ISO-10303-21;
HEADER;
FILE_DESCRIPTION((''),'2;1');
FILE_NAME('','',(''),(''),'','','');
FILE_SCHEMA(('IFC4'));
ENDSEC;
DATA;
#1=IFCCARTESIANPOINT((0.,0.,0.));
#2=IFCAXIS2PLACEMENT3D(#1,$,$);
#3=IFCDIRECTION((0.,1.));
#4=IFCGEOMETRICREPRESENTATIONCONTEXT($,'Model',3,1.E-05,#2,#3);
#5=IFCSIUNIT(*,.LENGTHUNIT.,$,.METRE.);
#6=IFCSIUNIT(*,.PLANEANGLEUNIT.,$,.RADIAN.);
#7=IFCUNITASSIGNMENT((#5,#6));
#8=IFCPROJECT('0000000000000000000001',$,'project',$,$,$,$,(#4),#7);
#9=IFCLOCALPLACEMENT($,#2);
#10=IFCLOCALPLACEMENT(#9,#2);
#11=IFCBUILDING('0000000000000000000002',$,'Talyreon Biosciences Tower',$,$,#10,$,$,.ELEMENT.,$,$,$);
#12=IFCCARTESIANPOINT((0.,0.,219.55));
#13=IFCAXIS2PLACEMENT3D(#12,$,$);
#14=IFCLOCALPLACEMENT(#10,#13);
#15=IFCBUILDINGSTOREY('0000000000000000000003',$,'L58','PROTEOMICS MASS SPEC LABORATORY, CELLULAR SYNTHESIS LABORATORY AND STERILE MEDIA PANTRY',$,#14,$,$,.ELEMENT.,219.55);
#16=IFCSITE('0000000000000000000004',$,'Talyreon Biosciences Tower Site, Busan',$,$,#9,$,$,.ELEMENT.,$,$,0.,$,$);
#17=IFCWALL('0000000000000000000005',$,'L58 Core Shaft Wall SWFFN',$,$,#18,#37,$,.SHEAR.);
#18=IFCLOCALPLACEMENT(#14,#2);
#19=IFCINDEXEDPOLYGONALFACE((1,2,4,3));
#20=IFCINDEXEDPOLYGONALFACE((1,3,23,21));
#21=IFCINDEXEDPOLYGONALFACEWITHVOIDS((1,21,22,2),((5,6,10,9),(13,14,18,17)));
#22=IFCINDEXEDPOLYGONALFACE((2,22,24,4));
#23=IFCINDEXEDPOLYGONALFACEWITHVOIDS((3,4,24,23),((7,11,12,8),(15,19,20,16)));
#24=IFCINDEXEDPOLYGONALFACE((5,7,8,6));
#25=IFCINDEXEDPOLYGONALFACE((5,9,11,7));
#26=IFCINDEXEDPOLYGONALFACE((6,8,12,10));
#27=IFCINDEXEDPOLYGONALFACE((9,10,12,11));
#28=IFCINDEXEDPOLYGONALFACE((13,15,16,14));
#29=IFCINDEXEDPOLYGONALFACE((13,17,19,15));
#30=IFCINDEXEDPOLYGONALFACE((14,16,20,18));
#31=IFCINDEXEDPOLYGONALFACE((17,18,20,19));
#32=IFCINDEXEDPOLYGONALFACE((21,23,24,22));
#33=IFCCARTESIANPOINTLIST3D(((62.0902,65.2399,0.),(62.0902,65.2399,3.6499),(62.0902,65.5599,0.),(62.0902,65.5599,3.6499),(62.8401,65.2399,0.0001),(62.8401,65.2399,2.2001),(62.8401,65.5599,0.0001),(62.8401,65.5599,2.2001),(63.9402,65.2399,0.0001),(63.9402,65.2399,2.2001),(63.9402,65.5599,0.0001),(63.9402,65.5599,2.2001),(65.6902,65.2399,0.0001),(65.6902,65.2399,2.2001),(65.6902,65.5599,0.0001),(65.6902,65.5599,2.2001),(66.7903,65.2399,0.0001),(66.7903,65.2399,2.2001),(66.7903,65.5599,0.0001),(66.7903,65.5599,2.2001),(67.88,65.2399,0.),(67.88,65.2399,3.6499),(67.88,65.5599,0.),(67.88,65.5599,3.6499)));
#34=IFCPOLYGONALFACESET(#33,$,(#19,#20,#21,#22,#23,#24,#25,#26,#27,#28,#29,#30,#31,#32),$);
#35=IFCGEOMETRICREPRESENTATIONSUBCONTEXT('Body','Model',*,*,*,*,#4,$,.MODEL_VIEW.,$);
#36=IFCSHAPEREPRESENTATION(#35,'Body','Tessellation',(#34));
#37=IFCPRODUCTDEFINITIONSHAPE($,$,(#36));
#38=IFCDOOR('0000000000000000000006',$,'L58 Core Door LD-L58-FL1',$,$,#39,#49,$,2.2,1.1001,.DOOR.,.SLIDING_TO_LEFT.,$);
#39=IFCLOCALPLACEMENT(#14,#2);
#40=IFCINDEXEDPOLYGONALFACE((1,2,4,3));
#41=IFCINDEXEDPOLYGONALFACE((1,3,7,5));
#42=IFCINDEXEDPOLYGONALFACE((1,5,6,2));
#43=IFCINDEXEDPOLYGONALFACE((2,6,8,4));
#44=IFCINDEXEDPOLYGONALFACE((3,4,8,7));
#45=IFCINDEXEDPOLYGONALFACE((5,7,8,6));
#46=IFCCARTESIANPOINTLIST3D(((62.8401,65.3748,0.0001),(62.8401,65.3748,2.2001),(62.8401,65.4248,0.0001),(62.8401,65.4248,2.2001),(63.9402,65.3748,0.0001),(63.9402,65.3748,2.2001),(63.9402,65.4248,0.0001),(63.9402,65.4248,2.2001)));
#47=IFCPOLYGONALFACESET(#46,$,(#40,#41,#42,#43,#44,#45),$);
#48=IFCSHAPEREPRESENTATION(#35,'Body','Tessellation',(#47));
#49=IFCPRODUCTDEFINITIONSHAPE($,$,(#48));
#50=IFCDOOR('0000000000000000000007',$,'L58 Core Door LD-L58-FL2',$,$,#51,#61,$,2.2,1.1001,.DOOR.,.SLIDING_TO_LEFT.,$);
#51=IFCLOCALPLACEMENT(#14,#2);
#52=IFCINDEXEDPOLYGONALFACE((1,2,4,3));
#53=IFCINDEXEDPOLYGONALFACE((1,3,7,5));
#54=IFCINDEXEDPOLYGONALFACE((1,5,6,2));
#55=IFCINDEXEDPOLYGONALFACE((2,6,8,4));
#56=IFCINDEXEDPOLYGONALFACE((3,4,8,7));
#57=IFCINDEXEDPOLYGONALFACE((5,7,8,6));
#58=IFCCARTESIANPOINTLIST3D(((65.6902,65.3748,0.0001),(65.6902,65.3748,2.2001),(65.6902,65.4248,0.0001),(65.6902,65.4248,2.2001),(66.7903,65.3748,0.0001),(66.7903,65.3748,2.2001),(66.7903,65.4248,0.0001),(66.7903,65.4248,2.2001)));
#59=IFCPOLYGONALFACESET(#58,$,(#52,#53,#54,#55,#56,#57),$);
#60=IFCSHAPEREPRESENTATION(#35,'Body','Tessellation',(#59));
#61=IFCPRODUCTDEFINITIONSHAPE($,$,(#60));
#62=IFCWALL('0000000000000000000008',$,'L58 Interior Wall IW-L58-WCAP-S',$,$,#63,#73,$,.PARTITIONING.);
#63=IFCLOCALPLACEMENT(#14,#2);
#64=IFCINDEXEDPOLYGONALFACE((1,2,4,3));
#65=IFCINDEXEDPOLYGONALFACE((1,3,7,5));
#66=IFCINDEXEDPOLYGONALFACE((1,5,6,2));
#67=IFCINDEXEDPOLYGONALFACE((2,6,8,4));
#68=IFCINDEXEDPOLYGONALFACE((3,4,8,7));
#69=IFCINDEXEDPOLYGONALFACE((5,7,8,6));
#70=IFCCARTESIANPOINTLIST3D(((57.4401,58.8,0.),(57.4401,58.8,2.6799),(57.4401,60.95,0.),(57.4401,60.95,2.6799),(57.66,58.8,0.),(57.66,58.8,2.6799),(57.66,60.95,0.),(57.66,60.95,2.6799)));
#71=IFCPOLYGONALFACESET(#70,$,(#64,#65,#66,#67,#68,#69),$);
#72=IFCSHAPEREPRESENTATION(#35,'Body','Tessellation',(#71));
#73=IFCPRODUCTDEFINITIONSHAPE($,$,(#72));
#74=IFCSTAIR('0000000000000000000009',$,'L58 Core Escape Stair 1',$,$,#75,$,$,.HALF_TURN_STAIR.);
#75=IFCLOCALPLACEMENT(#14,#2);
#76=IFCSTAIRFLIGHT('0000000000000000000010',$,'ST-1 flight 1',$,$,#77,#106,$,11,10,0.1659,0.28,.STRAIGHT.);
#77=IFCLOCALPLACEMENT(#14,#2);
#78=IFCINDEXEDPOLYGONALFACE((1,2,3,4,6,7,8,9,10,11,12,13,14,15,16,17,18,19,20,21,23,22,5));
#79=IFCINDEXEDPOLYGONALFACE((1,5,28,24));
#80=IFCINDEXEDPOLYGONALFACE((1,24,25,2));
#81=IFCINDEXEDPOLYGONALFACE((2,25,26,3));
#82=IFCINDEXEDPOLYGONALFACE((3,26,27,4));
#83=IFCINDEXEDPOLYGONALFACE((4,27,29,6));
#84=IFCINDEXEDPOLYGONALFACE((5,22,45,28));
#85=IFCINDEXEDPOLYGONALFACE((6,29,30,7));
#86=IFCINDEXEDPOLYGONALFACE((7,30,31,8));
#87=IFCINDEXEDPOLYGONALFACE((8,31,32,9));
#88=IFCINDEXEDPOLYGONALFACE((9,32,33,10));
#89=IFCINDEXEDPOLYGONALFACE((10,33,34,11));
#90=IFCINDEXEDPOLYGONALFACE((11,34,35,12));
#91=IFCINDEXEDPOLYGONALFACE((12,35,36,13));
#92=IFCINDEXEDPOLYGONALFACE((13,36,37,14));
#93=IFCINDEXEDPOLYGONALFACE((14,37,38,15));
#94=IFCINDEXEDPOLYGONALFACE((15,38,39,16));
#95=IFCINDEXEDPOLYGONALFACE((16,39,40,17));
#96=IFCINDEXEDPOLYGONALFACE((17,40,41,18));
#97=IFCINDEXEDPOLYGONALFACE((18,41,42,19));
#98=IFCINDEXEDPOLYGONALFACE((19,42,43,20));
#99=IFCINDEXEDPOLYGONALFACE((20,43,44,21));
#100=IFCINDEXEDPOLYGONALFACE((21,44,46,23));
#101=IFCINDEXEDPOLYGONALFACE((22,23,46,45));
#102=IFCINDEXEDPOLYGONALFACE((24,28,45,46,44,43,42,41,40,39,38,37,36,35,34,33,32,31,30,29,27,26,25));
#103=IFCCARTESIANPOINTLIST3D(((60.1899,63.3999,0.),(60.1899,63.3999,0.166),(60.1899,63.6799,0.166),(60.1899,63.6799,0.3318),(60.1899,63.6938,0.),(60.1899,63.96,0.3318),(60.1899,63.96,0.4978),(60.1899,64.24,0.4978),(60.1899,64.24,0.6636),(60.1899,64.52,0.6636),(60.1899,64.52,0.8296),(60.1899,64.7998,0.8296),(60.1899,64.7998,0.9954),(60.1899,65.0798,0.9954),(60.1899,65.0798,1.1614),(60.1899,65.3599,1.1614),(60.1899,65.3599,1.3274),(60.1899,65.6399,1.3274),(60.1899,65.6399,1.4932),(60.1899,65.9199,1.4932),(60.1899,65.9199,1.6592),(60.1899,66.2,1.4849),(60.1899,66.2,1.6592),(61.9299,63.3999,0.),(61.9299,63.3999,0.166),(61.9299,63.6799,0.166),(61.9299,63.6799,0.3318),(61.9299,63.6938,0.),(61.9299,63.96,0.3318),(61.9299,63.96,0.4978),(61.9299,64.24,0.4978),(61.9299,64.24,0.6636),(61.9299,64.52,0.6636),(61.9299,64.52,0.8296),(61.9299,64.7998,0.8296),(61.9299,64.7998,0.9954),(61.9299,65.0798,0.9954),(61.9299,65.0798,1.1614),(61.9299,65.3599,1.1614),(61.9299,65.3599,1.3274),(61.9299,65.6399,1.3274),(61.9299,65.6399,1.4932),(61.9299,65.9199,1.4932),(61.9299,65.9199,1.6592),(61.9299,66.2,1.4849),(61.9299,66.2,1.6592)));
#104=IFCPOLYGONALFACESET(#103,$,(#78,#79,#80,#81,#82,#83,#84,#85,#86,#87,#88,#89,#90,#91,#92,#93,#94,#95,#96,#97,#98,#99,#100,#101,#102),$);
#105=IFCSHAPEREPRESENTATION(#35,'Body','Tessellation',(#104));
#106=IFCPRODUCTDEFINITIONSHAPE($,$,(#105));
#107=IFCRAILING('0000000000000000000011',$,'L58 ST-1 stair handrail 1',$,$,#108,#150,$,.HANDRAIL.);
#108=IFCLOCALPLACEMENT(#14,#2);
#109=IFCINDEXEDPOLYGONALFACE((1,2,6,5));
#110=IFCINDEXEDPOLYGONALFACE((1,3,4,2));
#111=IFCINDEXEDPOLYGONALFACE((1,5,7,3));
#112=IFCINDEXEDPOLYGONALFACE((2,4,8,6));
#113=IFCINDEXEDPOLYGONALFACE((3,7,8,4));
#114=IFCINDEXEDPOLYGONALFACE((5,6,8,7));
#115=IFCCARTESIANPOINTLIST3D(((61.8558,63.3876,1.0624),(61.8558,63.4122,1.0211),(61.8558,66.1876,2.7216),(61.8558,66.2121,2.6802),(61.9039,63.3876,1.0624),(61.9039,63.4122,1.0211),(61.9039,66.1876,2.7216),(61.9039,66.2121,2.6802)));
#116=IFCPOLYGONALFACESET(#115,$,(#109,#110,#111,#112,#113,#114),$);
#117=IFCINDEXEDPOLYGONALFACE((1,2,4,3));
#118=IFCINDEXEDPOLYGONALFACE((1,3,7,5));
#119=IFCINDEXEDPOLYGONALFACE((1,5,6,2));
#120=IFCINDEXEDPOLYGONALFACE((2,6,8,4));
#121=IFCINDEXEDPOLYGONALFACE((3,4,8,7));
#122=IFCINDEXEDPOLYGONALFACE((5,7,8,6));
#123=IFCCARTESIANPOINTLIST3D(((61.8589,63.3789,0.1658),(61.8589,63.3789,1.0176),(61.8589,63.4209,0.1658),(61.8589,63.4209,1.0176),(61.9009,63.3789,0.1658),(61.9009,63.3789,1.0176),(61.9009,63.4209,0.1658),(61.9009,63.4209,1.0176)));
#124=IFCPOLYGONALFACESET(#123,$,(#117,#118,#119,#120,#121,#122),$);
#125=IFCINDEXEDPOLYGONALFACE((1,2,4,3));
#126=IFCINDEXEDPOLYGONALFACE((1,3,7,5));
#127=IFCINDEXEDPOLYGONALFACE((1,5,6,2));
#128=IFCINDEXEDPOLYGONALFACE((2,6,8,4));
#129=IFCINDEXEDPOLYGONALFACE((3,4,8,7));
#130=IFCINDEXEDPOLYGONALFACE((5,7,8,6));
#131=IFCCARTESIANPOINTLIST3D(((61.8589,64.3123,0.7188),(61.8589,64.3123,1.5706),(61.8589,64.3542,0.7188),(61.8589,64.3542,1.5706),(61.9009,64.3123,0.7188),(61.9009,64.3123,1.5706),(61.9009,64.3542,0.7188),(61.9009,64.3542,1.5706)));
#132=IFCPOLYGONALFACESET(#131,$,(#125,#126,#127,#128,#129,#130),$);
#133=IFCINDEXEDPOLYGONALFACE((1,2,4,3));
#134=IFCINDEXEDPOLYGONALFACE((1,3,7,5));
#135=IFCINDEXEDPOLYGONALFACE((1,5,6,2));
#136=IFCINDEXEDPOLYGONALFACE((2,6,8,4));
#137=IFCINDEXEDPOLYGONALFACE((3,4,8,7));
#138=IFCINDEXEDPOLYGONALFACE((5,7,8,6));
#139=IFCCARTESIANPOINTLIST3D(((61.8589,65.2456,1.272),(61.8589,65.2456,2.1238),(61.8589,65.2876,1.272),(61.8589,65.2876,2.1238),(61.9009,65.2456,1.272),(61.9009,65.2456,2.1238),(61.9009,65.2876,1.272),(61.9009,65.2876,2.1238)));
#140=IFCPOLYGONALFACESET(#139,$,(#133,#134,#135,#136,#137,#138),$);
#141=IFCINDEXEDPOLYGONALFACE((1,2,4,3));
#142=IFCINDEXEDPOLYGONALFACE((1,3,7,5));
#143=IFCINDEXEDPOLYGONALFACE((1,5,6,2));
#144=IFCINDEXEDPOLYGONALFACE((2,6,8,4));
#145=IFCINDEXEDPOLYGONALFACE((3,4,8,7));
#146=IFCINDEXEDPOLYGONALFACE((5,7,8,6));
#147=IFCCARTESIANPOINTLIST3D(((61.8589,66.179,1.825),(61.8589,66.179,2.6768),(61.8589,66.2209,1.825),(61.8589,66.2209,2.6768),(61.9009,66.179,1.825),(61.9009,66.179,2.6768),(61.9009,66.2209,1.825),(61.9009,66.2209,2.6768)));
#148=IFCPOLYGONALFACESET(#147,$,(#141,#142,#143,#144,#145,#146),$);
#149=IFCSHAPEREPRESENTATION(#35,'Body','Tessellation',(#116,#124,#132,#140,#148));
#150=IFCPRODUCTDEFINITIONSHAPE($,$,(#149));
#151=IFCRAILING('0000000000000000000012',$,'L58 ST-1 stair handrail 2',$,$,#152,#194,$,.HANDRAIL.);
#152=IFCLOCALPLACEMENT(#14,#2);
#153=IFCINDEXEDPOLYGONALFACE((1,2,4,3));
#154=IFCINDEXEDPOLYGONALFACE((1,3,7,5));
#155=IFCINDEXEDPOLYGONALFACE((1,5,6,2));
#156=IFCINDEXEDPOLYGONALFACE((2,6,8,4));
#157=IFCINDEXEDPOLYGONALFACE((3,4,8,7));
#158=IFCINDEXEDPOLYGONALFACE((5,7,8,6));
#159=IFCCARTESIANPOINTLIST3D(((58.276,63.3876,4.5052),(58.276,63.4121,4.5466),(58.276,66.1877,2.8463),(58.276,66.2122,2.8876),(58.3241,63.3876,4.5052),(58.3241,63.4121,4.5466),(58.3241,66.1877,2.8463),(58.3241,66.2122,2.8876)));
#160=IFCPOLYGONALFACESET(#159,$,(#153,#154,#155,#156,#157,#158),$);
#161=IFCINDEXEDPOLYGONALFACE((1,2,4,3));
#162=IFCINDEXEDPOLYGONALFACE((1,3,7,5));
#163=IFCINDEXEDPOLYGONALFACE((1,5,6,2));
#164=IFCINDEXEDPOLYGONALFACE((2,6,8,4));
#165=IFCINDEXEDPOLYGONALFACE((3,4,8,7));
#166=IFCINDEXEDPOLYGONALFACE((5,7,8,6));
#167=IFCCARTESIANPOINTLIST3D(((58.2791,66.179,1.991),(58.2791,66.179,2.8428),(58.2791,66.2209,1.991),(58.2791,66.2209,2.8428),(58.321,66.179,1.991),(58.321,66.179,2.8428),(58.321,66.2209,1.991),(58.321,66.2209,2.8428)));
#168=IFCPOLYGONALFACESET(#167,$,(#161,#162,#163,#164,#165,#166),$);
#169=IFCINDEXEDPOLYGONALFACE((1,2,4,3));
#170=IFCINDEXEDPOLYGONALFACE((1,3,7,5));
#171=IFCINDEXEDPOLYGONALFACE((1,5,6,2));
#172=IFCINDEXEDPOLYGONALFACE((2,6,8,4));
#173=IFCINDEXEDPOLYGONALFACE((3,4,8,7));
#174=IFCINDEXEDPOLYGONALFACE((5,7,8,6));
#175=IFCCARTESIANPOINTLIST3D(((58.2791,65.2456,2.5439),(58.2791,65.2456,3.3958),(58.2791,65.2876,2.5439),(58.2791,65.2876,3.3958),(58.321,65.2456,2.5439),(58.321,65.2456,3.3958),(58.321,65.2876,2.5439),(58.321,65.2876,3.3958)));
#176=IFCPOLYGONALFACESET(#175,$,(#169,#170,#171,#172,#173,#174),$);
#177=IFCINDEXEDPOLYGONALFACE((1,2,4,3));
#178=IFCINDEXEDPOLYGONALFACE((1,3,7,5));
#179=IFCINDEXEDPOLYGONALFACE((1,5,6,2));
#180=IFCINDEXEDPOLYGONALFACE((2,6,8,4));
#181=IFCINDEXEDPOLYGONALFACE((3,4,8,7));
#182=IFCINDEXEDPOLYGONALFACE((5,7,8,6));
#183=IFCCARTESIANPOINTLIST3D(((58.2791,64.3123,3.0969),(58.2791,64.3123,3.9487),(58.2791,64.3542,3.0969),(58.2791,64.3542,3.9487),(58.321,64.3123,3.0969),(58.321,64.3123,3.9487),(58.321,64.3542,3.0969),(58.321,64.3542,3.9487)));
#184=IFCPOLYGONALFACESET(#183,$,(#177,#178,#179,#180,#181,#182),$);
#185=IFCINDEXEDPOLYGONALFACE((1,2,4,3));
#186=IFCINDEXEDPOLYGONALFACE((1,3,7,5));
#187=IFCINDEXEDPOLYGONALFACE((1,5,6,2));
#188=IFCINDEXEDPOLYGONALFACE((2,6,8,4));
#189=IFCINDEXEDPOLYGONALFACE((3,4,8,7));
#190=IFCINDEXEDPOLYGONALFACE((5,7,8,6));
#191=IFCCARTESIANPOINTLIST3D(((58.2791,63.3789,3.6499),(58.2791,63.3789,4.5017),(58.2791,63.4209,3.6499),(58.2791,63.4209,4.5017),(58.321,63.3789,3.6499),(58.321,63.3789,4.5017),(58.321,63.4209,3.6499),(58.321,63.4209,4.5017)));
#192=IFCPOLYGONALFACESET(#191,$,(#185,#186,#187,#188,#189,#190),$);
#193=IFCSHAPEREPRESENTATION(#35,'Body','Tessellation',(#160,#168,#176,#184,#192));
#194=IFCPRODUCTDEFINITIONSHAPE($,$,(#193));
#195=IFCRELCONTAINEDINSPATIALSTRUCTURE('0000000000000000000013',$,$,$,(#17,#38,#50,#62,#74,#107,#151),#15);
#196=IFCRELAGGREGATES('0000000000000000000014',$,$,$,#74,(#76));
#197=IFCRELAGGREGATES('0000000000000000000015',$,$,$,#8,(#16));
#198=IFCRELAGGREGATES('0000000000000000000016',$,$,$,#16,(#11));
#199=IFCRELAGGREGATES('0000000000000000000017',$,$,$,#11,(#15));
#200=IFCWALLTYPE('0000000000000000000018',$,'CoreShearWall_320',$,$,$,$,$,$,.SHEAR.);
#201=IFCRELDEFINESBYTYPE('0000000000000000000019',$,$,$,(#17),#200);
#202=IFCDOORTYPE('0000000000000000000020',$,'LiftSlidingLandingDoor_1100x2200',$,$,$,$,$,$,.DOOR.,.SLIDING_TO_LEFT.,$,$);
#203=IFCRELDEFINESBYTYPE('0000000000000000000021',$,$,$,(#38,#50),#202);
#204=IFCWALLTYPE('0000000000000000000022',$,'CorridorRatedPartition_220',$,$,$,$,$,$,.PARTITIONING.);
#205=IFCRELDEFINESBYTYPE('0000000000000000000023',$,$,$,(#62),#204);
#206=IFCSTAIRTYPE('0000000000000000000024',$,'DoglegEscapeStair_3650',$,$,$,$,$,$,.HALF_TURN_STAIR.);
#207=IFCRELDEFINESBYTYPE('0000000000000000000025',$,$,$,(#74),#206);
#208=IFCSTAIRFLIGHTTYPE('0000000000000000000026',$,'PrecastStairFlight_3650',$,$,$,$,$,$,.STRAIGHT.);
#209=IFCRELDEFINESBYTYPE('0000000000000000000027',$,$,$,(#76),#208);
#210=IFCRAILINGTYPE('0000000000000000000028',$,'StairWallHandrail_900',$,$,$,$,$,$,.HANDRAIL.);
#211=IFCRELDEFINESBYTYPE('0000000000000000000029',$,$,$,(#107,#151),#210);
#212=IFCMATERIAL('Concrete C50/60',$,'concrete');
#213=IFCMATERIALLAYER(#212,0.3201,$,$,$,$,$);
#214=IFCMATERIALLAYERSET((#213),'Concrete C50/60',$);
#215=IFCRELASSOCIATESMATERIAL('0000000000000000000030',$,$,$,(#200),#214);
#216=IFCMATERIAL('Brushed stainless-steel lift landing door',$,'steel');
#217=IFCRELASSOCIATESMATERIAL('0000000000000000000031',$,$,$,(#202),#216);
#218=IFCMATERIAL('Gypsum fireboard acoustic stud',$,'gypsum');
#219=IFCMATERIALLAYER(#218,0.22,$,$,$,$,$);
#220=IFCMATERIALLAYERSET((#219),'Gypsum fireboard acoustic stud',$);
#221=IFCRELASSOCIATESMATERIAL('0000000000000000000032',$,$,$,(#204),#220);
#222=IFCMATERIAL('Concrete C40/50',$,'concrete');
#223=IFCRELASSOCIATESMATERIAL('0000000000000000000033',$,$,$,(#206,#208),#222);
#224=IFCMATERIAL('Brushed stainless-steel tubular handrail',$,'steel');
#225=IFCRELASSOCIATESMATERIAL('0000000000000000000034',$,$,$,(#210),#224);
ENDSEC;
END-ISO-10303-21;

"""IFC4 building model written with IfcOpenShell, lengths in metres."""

from ifc_helpers import new_model, si_unit, direction, frame, frame_2d, origin, origin_2d, place, context, subcontext, project, spatial, polyline, rectangle, outline, extrude, material, layer, layer_set, type_object, element, fill, aggregate, save


model = new_model("IFC4")

# Units and contexts
model_context = context("Model", 3, precision=1e-05, world=origin(), true_north=direction((0.0, 1.0)))
body_context = subcontext(model_context, "Body", "Model", "MODEL_VIEW")
ifc_project = project(units=[si_unit("LENGTHUNIT", "METRE"), si_unit("PLANEANGLEUNIT", "RADIAN")], contexts=[model_context])

# Site, building, storey
site_placement = place(None, origin())
site = spatial("IfcSite", under=ifc_project, at=site_placement, Name="Talyreon Biosciences Tower Site, Busan", CompositionType="ELEMENT", RefElevation=0.0)
building_placement = place(site_placement, origin())
building = spatial("IfcBuilding", under=site, at=building_placement, Name="Talyreon Biosciences Tower", CompositionType="ELEMENT")
storey_placement = place(building_placement, frame((0.0, 0.0, 219.55)))
storey = spatial("IfcBuildingStorey", under=building, at=storey_placement, Name="L58", Description="PROTEOMICS MASS SPEC LABORATORY, CELLULAR SYNTHESIS LABORATORY AND STERILE MEDIA PANTRY", CompositionType="ELEMENT", Elevation=219.55)

# Shared definitions
ifc_material_1 = material(Name="Concrete C50/60", Category="concrete")

# Shared definitions
ifc_layer_1 = layer(ifc_material_1, 0.3201)
ifc_layer_set_1 = layer_set([ifc_layer_1], Name="Concrete C50/60")
wall_type_1 = type_object("IfcWallType", Name="CoreShearWall_320", PredefinedType="SHEAR", material=ifc_layer_set_1)

# Wall, openings, doors
wall_1_placement = place(storey_placement, frame((62.0901, 65.3999, 0.0), z_axis=(0.0, 0.0, 1.0), x_axis=(1.0, 0.0, 0.0)))
wall_1 = element("IfcWall", 1, at=wall_1_placement, inside=storey, type_object=wall_type_1, Name="L58 Core Shaft Wall SWFFN", PredefinedType="SHEAR", context=body_context, shape_type="SweptSolid", body=[
    extrude(rectangle(XDim=5.7898, YDim=0.3201, at=frame_2d((2.895, 0.0))), origin(), (0.0, 0.0, 1.0), 3.6499),
])
opening_1_placement = place(wall_1_placement, frame((0.75, 0.0, 0.0)))
opening_1 = element("IfcOpeningElement", 2, at=opening_1_placement, cuts=wall_1, PredefinedType="OPENING", context=body_context, shape_type="SweptSolid", body=[
    extrude(rectangle(XDim=1.1001, YDim=2.2, at=frame_2d((0.55, 1.1001))), frame((0.0, 0.1699, 0.0), z_axis=(0.0, -1.0, 0.0), x_axis=(1.0, 0.0, 0.0)), (0.0, 0.0, 1.0), 0.3401),
])
opening_2_placement = place(wall_1_placement, frame((3.6001, 0.0, 0.0)))
opening_2 = element("IfcOpeningElement", 3, at=opening_2_placement, cuts=wall_1, PredefinedType="OPENING", context=body_context, shape_type="SweptSolid", body=[
    extrude(rectangle(XDim=1.1001, YDim=2.2, at=frame_2d((0.55, 1.1001))), frame((0.0, 0.1699, 0.0), z_axis=(0.0, -1.0, 0.0), x_axis=(1.0, 0.0, 0.0)), (0.0, 0.0, 1.0), 0.3401),
])
ifc_material_2 = material(Name="Brushed stainless-steel lift landing door", Category="steel")
door_type_1 = type_object("IfcDoorType", Name="LiftSlidingLandingDoor_1100x2200", OperationType="SLIDING_TO_LEFT", PredefinedType="DOOR", material=ifc_material_2)
door_1_placement = place(opening_1_placement, origin())
door_1 = element("IfcDoor", 4, at=door_1_placement, inside=storey, type_object=door_type_1, Name="L58 Core Door LD-L58-FL1", OperationType="SLIDING_TO_LEFT", OverallHeight=2.2, OverallWidth=1.1001, PredefinedType="DOOR", context=body_context, shape_type="SweptSolid", body=[
    extrude(rectangle(XDim=1.1001, YDim=2.2, at=frame_2d((0.55, 1.1001))), frame((0.0, 0.0249, 0.0), z_axis=(0.0, -1.0, 0.0), x_axis=(1.0, 0.0, 0.0)), (0.0, 0.0, 1.0), 0.05),
])
fill(opening_1, door_1)
door_2_placement = place(opening_2_placement, origin())
door_2 = element("IfcDoor", 5, at=door_2_placement, inside=storey, type_object=door_type_1, Name="L58 Core Door LD-L58-FL2", OperationType="SLIDING_TO_LEFT", OverallHeight=2.2, OverallWidth=1.1001, PredefinedType="DOOR", context=body_context, shape_type="SweptSolid", body=[
    extrude(rectangle(XDim=1.1001, YDim=2.2, at=frame_2d((0.55, 1.1001))), frame((0.0, 0.0249, 0.0), z_axis=(0.0, -1.0, 0.0), x_axis=(1.0, 0.0, 0.0)), (0.0, 0.0, 1.0), 0.05),
])
fill(opening_2, door_2)

# Wall
ifc_material_3 = material(Name="Gypsum fireboard acoustic stud", Category="gypsum")
ifc_layer_2 = layer(ifc_material_3, 0.22)
ifc_layer_set_2 = layer_set([ifc_layer_2], Name="Gypsum fireboard acoustic stud")
wall_type_2 = type_object("IfcWallType", Name="CorridorRatedPartition_220", PredefinedType="PARTITIONING", material=ifc_layer_set_2)
wall_2_placement = place(storey_placement, frame((57.55, 58.8, 0.0), z_axis=(0.0, 0.0, 1.0), x_axis=(0.0, 1.0, 0.0)))
element("IfcWall", 6, at=wall_2_placement, inside=storey, type_object=wall_type_2, Name="L58 Interior Wall IW-L58-WCAP-S", PredefinedType="PARTITIONING", context=body_context, shape_type="SweptSolid", body=[
    extrude(rectangle(XDim=2.1499, YDim=0.22, at=frame_2d((1.075, 0.0))), origin(), (0.0, 0.0, 1.0), 2.6799),
])

# Stair, stair flight
ifc_material_4 = material(Name="Concrete C40/50", Category="concrete")
stair_type = type_object("IfcStairType", Name="DoglegEscapeStair_3650", PredefinedType="HALF_TURN_STAIR", material=ifc_material_4)
stair_placement = place(storey_placement, origin())
stair = element("IfcStair", 7, at=stair_placement, inside=storey, type_object=stair_type, Name="L58 Core Escape Stair 1", PredefinedType="HALF_TURN_STAIR")
stair_flight_type = type_object("IfcStairFlightType", Name="PrecastStairFlight_3650", PredefinedType="STRAIGHT", material=ifc_material_4)
stair_flight_placement = place(storey_placement, frame((61.0601, 63.3999, 0.0), z_axis=(0.0, 0.0, 1.0), x_axis=(0.0, 1.0, 0.0)))
stair_flight = element("IfcStairFlight", 8, at=stair_flight_placement, type_object=stair_flight_type, Name="ST-1 flight 1", NumberOfRisers=11, NumberOfTreads=10, PredefinedType="STRAIGHT", RiserHeight=0.1659, TreadLength=0.28, context=body_context, shape_type="SweptSolid", body=[
    extrude(outline(polyline([(0.0, 0.0), (0.0, 0.166), (0.28, 0.166), (0.28, 0.3318), (0.5601, 0.3318), (0.5601, 0.4978), (0.8401, 0.4978), (0.8401, 0.6636), (1.1201, 0.6636), (1.1201, 0.8296), (1.3999, 0.8296), (1.3999, 0.9954), (1.6799, 0.9954), (1.6799, 1.1614), (1.96, 1.1614), (1.96, 1.3274), (2.24, 1.3274), (2.24, 1.4932), (2.52, 1.4932), (2.52, 1.6592), (2.8, 1.6592), (2.8, 1.825), (2.8, 1.4849), (0.2939, 0.0), (0.0, 0.0)])), frame((0.0, 0.8701, 0.0), z_axis=(0.0, -1.0, 0.0), x_axis=(1.0, 0.0, 0.0)), (0.0, 0.0, 1.0), 1.74),
])
aggregate(stair, [stair_flight])

# Railings
ifc_material_5 = material(Name="Brushed stainless-steel tubular handrail", Category="steel")
railing_type_1 = type_object("IfcRailingType", Name="StairWallHandrail_900", PredefinedType="HANDRAIL", material=ifc_material_5)
railing_1_placement = place(storey_placement, frame((61.8799, 63.3999, 0.1658)))
element("IfcRailing", 9, at=railing_1_placement, inside=storey, type_object=railing_type_1, Name="L58 ST-1 stair handrail 1", PredefinedType="HANDRAIL", context=body_context, shape_type="SweptSolid", body=[
    extrude(rectangle(XDim=0.0481, YDim=0.0481, at=origin_2d()), frame((0.0, 0.0, 0.876), z_axis=(0.0, 0.860306, 0.509778), x_axis=(-1.0, 0.0, 0.0)), (0.0, 0.0, 1.0), 3.2546),
    extrude(rectangle(XDim=0.042, YDim=0.042, at=origin_2d()), origin(), (0.0, 0.0, 1.0), 0.8518),
    extrude(rectangle(XDim=0.042, YDim=0.042, at=origin_2d()), frame((0.0, 0.9333, 0.553)), (0.0, 0.0, 1.0), 0.8518),
    extrude(rectangle(XDim=0.042, YDim=0.042, at=origin_2d()), frame((0.0, 1.8667, 1.1062)), (0.0, 0.0, 1.0), 0.8518),
    extrude(rectangle(XDim=0.042, YDim=0.042, at=origin_2d()), frame((0.0, 2.8, 1.6592)), (0.0, 0.0, 1.0), 0.8518),
])
railing_2_placement = place(storey_placement, frame((58.3, 66.2, 1.991)))
element("IfcRailing", 10, at=railing_2_placement, inside=storey, type_object=railing_type_1, Name="L58 ST-1 stair handrail 2", PredefinedType="HANDRAIL", context=body_context, shape_type="SweptSolid", body=[
    extrude(rectangle(XDim=0.0481, YDim=0.0481, at=origin_2d()), frame((0.0, 0.0, 0.876), z_axis=(0.0, -0.860339, 0.509722), x_axis=(1.0, 0.0, 0.0)), (0.0, 0.0, 1.0), 3.2546),
    extrude(rectangle(XDim=0.042, YDim=0.042, at=origin_2d()), origin(), (0.0, 0.0, 1.0), 0.8518),
    extrude(rectangle(XDim=0.042, YDim=0.042, at=origin_2d()), frame((0.0, -0.9333, 0.553)), (0.0, 0.0, 1.0), 0.8518),
    extrude(rectangle(XDim=0.042, YDim=0.042, at=origin_2d()), frame((0.0, -1.8667, 1.106)), (0.0, 0.0, 1.0), 0.8518),
    extrude(rectangle(XDim=0.042, YDim=0.042, at=origin_2d()), frame((0.0, -2.8, 1.6589)), (0.0, 0.0, 1.0), 0.8518),
])

save(model, "model.ifc")
